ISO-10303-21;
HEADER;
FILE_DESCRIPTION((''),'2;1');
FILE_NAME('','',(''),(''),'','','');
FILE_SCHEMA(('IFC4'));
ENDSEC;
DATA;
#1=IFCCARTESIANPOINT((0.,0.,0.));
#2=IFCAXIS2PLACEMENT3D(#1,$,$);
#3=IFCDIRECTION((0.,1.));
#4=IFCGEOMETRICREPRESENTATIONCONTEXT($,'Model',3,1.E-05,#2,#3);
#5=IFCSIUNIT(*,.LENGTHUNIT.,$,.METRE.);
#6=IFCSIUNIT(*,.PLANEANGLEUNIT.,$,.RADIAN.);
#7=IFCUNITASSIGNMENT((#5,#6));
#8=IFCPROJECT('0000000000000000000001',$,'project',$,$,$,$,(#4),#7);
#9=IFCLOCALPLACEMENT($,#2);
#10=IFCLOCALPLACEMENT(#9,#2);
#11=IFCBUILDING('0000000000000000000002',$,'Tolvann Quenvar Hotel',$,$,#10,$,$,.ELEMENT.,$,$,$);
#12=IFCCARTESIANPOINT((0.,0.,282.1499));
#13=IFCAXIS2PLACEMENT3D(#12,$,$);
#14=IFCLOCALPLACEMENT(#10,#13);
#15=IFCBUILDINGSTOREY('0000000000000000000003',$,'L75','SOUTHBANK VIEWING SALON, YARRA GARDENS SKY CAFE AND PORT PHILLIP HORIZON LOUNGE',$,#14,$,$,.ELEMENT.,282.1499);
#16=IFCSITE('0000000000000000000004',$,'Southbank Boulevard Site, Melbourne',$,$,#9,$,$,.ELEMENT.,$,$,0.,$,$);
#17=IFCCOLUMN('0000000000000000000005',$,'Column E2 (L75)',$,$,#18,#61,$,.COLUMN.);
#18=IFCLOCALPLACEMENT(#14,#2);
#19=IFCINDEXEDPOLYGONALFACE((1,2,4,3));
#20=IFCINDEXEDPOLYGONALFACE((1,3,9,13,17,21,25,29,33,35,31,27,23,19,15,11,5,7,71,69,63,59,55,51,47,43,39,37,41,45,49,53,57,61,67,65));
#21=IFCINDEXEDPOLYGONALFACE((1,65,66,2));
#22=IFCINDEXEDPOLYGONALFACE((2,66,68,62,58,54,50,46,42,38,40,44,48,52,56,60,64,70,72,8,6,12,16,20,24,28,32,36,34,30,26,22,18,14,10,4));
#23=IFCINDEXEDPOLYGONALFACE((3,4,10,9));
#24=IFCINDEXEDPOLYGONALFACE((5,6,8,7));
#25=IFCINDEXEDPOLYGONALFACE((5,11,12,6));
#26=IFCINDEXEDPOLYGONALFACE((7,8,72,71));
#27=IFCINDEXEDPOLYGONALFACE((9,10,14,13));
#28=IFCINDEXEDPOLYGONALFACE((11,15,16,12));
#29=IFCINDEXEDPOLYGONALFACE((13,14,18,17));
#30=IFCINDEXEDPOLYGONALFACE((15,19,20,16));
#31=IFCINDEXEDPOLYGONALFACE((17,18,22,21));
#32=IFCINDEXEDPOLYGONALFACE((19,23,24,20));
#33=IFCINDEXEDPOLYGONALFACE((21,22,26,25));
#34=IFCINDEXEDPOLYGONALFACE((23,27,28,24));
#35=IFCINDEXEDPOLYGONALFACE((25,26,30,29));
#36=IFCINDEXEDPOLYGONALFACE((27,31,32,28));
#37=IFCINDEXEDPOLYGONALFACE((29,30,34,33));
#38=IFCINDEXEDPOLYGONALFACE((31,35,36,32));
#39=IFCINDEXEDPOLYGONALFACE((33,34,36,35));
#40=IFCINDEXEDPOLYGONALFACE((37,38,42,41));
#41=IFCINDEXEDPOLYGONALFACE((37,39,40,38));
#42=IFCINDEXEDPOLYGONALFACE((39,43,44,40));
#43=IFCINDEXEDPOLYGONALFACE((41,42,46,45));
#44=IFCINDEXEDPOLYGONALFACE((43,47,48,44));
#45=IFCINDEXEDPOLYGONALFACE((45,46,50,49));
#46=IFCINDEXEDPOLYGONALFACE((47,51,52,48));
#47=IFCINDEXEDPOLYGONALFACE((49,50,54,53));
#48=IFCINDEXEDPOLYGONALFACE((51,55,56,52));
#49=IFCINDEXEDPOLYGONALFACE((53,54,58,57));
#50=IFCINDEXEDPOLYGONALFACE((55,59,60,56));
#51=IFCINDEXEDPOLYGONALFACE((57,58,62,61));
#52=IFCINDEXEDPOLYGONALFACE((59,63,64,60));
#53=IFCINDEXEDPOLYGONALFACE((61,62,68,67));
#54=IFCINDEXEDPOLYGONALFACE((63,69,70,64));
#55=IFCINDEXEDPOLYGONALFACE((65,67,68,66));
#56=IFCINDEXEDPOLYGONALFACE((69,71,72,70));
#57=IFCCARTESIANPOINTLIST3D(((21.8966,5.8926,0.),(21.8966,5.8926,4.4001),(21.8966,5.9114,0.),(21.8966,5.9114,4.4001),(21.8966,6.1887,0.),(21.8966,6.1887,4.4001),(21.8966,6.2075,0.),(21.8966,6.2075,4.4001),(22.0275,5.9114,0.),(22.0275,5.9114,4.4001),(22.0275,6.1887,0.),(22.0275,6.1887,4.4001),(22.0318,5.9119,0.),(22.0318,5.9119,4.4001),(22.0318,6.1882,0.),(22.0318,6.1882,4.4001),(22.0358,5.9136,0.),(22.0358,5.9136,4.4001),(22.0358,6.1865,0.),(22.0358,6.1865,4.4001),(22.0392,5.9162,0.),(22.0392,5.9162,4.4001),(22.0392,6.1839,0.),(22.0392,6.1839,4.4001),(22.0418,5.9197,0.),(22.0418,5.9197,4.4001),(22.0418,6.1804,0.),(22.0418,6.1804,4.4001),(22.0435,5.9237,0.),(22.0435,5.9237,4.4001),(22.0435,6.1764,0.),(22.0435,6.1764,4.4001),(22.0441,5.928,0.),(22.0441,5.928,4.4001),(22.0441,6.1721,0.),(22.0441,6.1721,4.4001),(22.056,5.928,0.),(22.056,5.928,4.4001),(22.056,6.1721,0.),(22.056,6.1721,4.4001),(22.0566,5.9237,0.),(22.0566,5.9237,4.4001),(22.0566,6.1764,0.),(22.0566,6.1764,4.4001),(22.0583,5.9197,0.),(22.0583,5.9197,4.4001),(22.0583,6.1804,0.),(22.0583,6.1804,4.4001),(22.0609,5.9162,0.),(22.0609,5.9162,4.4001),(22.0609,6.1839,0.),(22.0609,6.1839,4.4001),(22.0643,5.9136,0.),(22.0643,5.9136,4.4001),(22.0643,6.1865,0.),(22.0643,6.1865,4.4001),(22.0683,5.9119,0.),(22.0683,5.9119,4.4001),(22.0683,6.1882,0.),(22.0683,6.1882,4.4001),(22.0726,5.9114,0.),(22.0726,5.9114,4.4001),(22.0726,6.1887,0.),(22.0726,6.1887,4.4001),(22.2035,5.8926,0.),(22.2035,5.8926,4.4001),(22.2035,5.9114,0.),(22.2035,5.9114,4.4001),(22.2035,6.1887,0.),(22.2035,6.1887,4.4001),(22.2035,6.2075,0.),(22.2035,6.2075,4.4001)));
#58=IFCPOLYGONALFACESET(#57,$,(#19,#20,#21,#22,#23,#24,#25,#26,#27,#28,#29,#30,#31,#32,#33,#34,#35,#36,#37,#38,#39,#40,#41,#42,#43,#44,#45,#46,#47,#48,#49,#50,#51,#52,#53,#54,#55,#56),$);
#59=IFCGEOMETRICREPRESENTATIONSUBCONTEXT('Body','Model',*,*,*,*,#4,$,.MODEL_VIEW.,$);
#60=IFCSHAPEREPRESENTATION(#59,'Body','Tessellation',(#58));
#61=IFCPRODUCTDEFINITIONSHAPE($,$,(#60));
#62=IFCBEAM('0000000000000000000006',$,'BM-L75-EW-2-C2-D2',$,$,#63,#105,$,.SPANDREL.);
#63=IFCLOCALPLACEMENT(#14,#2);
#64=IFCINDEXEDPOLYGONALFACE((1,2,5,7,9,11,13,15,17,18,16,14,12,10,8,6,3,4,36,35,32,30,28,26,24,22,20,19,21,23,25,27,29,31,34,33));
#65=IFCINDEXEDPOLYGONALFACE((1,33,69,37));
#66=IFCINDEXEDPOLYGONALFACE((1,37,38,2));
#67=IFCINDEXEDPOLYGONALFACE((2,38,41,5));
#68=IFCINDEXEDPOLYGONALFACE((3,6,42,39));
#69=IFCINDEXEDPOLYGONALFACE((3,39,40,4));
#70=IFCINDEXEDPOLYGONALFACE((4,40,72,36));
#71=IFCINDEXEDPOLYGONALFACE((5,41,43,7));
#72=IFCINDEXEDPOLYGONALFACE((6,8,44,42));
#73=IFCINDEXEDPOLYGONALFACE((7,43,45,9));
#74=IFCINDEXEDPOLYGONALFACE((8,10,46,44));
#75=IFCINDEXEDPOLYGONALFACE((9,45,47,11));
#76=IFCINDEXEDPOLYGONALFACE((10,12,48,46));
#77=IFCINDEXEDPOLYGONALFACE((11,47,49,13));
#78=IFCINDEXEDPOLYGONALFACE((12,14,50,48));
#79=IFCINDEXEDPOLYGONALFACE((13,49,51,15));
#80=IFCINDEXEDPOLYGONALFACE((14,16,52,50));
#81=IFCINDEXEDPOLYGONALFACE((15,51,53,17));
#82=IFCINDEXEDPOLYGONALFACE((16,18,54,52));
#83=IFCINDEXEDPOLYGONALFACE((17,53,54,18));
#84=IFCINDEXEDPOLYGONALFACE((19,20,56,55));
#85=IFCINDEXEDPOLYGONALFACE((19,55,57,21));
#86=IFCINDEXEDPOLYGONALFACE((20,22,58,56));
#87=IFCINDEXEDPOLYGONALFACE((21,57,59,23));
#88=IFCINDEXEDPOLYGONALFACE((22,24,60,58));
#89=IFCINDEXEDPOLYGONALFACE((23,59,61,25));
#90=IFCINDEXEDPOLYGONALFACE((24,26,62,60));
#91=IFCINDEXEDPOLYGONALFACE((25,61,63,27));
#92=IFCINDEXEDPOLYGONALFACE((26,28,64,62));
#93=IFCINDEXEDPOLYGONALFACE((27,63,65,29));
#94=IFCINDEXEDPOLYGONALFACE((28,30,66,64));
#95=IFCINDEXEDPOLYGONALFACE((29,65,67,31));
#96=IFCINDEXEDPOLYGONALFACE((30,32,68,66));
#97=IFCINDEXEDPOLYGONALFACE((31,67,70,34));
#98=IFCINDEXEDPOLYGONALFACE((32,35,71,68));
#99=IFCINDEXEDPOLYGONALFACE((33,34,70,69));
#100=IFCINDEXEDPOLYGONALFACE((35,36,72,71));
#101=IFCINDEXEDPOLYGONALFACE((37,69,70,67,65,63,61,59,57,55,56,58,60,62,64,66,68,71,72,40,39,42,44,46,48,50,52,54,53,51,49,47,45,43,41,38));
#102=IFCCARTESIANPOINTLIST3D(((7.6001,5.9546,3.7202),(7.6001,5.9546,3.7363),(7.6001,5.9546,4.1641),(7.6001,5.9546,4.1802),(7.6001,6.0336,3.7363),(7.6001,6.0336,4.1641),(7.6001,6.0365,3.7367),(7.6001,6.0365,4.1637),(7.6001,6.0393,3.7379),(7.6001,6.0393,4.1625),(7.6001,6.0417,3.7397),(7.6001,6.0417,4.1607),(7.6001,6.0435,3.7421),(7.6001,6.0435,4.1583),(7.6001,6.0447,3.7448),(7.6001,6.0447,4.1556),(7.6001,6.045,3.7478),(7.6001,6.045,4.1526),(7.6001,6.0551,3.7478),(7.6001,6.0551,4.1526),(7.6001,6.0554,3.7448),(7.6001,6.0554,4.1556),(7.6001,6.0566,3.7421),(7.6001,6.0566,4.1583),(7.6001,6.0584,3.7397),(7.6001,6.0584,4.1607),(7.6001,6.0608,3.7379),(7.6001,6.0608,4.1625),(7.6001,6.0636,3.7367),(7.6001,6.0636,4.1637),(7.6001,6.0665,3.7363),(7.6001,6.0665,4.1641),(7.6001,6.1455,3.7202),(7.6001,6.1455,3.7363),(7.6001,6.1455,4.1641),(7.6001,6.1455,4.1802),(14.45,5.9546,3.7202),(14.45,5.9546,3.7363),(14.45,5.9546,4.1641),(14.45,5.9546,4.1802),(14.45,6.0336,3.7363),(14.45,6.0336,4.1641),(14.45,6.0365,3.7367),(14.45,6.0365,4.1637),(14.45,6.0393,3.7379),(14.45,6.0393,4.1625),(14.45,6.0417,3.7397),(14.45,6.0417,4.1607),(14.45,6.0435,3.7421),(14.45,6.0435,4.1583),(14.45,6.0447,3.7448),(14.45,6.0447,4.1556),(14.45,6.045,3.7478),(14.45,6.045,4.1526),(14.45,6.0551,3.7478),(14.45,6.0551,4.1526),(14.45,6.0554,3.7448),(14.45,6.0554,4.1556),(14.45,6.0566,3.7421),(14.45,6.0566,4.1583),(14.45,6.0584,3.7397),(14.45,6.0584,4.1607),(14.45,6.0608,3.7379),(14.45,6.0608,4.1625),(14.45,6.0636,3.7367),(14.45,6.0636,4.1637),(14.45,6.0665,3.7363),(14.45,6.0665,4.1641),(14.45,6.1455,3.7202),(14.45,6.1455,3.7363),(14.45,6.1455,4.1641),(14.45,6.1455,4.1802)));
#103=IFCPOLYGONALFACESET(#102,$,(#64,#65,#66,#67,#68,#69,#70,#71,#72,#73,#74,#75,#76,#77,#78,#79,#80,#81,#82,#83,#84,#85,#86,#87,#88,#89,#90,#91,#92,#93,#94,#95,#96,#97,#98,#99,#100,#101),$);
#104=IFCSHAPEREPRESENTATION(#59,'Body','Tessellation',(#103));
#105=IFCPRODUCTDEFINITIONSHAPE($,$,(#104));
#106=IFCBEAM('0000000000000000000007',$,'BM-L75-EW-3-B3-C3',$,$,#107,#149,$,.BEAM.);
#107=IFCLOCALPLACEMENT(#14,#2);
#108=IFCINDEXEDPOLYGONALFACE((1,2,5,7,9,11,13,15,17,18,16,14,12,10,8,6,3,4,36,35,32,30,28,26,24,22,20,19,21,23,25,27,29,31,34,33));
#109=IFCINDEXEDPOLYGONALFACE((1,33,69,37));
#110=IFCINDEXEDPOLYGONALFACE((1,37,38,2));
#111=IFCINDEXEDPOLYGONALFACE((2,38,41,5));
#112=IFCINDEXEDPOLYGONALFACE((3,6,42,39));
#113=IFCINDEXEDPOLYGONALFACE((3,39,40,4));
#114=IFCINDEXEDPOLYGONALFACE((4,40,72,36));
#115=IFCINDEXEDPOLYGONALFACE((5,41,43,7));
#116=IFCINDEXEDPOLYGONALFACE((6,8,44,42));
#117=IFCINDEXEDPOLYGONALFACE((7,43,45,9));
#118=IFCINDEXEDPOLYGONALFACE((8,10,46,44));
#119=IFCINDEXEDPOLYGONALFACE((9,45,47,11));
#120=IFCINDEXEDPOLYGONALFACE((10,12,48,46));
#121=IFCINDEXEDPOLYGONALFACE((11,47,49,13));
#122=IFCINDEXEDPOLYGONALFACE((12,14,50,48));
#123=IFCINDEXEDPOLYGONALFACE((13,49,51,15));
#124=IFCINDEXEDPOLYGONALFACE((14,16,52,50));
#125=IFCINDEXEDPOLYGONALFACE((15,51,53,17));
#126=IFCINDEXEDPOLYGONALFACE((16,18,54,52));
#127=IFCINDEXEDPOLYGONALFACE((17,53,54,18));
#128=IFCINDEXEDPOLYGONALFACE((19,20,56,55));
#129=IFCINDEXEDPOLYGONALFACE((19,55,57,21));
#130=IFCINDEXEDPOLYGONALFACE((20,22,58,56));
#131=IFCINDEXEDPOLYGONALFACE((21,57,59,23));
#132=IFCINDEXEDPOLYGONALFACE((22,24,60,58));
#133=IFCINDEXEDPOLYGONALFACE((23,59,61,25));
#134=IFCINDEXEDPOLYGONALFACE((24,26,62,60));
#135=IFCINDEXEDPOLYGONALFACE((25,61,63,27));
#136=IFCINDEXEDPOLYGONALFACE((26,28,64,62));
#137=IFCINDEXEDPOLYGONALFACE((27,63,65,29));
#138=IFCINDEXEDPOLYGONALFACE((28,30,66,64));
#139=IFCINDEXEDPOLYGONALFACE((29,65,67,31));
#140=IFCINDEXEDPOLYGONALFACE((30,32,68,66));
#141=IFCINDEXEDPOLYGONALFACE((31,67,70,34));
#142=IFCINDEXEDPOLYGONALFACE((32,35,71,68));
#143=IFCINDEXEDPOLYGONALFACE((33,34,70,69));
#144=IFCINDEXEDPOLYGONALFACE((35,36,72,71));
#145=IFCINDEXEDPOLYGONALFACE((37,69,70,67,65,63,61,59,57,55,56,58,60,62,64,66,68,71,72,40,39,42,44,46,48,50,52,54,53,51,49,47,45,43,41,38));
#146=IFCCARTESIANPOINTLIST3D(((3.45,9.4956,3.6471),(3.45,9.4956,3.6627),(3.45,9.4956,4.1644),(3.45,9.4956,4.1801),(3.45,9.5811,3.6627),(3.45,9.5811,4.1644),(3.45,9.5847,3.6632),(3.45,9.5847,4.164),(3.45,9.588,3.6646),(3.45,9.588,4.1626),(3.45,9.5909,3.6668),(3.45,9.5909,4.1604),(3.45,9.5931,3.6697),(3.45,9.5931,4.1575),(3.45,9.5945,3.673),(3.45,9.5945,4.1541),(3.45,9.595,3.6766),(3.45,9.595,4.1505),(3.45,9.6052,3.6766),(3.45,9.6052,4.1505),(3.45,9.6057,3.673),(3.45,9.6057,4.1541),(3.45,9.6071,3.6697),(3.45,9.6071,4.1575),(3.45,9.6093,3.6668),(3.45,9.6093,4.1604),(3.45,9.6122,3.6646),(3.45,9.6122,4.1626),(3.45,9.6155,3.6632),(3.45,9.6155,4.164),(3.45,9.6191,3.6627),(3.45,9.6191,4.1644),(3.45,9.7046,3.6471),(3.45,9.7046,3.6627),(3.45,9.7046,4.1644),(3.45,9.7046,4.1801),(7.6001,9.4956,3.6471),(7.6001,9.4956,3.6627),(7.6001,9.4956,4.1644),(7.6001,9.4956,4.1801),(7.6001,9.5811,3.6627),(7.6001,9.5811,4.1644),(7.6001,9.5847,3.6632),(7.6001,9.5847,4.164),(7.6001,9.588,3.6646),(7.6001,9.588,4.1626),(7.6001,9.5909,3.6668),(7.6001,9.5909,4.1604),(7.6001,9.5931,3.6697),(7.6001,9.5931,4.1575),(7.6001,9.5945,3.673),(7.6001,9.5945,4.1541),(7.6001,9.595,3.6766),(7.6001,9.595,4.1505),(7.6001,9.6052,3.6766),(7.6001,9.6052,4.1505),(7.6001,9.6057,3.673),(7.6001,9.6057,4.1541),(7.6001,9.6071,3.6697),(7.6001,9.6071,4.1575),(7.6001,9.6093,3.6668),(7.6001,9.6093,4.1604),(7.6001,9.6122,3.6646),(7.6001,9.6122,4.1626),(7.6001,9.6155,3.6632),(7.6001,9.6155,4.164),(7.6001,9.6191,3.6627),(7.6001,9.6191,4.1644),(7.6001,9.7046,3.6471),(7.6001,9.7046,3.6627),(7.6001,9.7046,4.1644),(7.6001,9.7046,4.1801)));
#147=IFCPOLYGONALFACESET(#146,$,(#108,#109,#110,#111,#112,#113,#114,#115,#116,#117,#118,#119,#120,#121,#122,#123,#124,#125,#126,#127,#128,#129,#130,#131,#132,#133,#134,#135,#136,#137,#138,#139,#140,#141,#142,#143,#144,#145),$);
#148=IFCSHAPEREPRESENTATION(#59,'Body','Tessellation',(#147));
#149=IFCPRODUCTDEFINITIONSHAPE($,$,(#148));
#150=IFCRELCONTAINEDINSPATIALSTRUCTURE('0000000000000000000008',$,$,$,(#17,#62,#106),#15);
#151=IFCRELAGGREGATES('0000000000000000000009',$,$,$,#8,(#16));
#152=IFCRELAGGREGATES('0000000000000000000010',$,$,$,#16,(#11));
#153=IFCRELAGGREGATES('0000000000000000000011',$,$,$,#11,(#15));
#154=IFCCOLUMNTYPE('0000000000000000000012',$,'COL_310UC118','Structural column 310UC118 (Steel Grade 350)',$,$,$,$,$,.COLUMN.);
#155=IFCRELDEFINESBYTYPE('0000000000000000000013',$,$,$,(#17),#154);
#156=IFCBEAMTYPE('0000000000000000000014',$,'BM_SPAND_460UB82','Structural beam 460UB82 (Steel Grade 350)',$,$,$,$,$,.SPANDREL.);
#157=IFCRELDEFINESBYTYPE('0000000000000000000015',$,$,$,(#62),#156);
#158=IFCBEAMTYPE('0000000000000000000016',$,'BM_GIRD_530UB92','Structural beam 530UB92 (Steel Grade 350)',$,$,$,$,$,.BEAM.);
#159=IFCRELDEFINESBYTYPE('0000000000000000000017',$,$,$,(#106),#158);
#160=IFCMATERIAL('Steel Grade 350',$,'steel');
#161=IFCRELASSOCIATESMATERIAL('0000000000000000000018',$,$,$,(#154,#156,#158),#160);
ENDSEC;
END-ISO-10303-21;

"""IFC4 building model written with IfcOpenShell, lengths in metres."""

from ifc_helpers import new_model, si_unit, direction, frame, origin, origin_2d, place, context, subcontext, project, spatial, i_section, extrude, source, transform, mapped, material, material_profile, profile_set, type_object, type_shapes, element, save


model = new_model("IFC4")

# Units and contexts
model_context = context("Model", 3, precision=1e-05, world=origin(), true_north=direction((0.0, 1.0)))
body_context = subcontext(model_context, "Body", "Model", "MODEL_VIEW")
ifc_project = project(units=[si_unit("LENGTHUNIT", "METRE"), si_unit("PLANEANGLEUNIT", "RADIAN")], contexts=[model_context])

# Site, building, storey
site_placement = place(None, origin())
site = spatial("IfcSite", under=ifc_project, at=site_placement, Name="Southbank Boulevard Site, Melbourne", CompositionType="ELEMENT", RefElevation=0.0)
building_placement = place(site_placement, origin())
building = spatial("IfcBuilding", under=site, at=building_placement, Name="Tolvann Quenvar Hotel", CompositionType="ELEMENT")
storey_placement = place(building_placement, frame((0.0, 0.0, 282.1499)))
storey = spatial("IfcBuildingStorey", under=building, at=storey_placement, Name="L75", Description="SOUTHBANK VIEWING SALON, YARRA GARDENS SKY CAFE AND PORT PHILLIP HORIZON LOUNGE", CompositionType="ELEMENT", Elevation=282.1499)

# Column
ifc_material_1 = material(Name="Steel Grade 350", Category="steel")
ifc_material_profile_1 = material_profile(ifc_material_1, i_section(OverallWidth=0.3069, OverallDepth=0.3149, WebThickness=0.012, FlangeThickness=0.0188, FilletRadius=0.0166, at=origin_2d()), Name="310UC118")
ifc_profile_set_1 = profile_set([ifc_material_profile_1], Name="Steel Grade 350")
column_type = type_object("IfcColumnType", Name="COL_310UC118", Description="Structural column 310UC118 (Steel Grade 350)", PredefinedType="COLUMN", material=ifc_profile_set_1)
shared_shape_1 = source(origin(), body_context, "Body", "SweptSolid", [
    extrude(i_section(OverallWidth=0.3069, OverallDepth=0.3149, WebThickness=0.012, FlangeThickness=0.0188, FilletRadius=0.0166, at=origin_2d()), origin(), (0.0, 0.0, 1.0), 4.4001),
])
type_shapes(column_type, [shared_shape_1])
for number, where, z_axis, x_axis, name in (
    (1, (22.05, 6.05, 0.0), (0.0, 0.0, 1.0), (1.0, 0.0, 0.0), "Column E2 (L75)"),
):
    element("IfcColumn", number, at=place(storey_placement, frame(where, z_axis=z_axis, x_axis=x_axis)), inside=storey, type_object=column_type, Name=name, PredefinedType="COLUMN", context=body_context, shape_type="MappedRepresentation", body=[
        mapped(shared_shape_1, transform((0.0, 0.0, 0.0), x_axis=(1.0, 0.0, 0.0), y_axis=(0.0, 1.0, 0.0), z_axis=(0.0, 0.0, 1.0), scale=1.0)),
    ])

# Beams
ifc_material_profile_2 = material_profile(ifc_material_1, i_section(OverallWidth=0.1909, OverallDepth=0.46, WebThickness=0.01, FlangeThickness=0.0161, FilletRadius=0.0115, at=origin_2d()), Name="460UB82")
ifc_profile_set_2 = profile_set([ifc_material_profile_2], Name="Steel Grade 350")
beam_type_1 = type_object("IfcBeamType", Name="BM_SPAND_460UB82", Description="Structural beam 460UB82 (Steel Grade 350)", PredefinedType="SPANDREL", material=ifc_profile_set_2)
shared_shape_2 = source(origin(), body_context, "Body", "SweptSolid", [
    extrude(i_section(OverallWidth=0.1909, OverallDepth=0.46, WebThickness=0.01, FlangeThickness=0.0161, FilletRadius=0.0115, at=origin_2d()), origin(), (0.0, 0.0, 1.0), 6.8499),
])
beam_1_placement = place(storey_placement, frame((7.6001, 6.05, 3.9502), z_axis=(1.0, 0.0, 0.0), x_axis=(0.0, 1.0, 0.0)))
element("IfcBeam", 2, at=beam_1_placement, inside=storey, type_object=beam_type_1, Name="BM-L75-EW-2-C2-D2", PredefinedType="SPANDREL", context=body_context, shape_type="MappedRepresentation", body=[
    mapped(shared_shape_2, transform((0.0, 0.0, 0.0), x_axis=(1.0, 0.0, 0.0), y_axis=(0.0, 1.0, 0.0), z_axis=(0.0, 0.0, 1.0), scale=1.0)),
])
ifc_material_profile_3 = material_profile(ifc_material_1, i_section(OverallWidth=0.209, OverallDepth=0.533, WebThickness=0.0103, FlangeThickness=0.0156, FilletRadius=0.0139, at=origin_2d()), Name="530UB92")
ifc_profile_set_3 = profile_set([ifc_material_profile_3], Name="Steel Grade 350")
beam_type_2 = type_object("IfcBeamType", Name="BM_GIRD_530UB92", Description="Structural beam 530UB92 (Steel Grade 350)", PredefinedType="BEAM", material=ifc_profile_set_3)
shared_shape_3 = source(origin(), body_context, "Body", "SweptSolid", [
    extrude(i_section(OverallWidth=0.209, OverallDepth=0.533, WebThickness=0.0103, FlangeThickness=0.0156, FilletRadius=0.0139, at=origin_2d()), origin(), (0.0, 0.0, 1.0), 4.1501),
])
beam_2_placement = place(storey_placement, frame((3.45, 9.6001, 3.9136), z_axis=(1.0, 0.0, 0.0), x_axis=(0.0, 1.0, 0.0)))
element("IfcBeam", 3, at=beam_2_placement, inside=storey, type_object=beam_type_2, Name="BM-L75-EW-3-B3-C3", PredefinedType="BEAM", context=body_context, shape_type="MappedRepresentation", body=[
    mapped(shared_shape_3, transform((0.0, 0.0, 0.0), x_axis=(1.0, 0.0, 0.0), y_axis=(0.0, 1.0, 0.0), z_axis=(0.0, 0.0, 1.0), scale=1.0)),
])

save(model, "model.ifc")
